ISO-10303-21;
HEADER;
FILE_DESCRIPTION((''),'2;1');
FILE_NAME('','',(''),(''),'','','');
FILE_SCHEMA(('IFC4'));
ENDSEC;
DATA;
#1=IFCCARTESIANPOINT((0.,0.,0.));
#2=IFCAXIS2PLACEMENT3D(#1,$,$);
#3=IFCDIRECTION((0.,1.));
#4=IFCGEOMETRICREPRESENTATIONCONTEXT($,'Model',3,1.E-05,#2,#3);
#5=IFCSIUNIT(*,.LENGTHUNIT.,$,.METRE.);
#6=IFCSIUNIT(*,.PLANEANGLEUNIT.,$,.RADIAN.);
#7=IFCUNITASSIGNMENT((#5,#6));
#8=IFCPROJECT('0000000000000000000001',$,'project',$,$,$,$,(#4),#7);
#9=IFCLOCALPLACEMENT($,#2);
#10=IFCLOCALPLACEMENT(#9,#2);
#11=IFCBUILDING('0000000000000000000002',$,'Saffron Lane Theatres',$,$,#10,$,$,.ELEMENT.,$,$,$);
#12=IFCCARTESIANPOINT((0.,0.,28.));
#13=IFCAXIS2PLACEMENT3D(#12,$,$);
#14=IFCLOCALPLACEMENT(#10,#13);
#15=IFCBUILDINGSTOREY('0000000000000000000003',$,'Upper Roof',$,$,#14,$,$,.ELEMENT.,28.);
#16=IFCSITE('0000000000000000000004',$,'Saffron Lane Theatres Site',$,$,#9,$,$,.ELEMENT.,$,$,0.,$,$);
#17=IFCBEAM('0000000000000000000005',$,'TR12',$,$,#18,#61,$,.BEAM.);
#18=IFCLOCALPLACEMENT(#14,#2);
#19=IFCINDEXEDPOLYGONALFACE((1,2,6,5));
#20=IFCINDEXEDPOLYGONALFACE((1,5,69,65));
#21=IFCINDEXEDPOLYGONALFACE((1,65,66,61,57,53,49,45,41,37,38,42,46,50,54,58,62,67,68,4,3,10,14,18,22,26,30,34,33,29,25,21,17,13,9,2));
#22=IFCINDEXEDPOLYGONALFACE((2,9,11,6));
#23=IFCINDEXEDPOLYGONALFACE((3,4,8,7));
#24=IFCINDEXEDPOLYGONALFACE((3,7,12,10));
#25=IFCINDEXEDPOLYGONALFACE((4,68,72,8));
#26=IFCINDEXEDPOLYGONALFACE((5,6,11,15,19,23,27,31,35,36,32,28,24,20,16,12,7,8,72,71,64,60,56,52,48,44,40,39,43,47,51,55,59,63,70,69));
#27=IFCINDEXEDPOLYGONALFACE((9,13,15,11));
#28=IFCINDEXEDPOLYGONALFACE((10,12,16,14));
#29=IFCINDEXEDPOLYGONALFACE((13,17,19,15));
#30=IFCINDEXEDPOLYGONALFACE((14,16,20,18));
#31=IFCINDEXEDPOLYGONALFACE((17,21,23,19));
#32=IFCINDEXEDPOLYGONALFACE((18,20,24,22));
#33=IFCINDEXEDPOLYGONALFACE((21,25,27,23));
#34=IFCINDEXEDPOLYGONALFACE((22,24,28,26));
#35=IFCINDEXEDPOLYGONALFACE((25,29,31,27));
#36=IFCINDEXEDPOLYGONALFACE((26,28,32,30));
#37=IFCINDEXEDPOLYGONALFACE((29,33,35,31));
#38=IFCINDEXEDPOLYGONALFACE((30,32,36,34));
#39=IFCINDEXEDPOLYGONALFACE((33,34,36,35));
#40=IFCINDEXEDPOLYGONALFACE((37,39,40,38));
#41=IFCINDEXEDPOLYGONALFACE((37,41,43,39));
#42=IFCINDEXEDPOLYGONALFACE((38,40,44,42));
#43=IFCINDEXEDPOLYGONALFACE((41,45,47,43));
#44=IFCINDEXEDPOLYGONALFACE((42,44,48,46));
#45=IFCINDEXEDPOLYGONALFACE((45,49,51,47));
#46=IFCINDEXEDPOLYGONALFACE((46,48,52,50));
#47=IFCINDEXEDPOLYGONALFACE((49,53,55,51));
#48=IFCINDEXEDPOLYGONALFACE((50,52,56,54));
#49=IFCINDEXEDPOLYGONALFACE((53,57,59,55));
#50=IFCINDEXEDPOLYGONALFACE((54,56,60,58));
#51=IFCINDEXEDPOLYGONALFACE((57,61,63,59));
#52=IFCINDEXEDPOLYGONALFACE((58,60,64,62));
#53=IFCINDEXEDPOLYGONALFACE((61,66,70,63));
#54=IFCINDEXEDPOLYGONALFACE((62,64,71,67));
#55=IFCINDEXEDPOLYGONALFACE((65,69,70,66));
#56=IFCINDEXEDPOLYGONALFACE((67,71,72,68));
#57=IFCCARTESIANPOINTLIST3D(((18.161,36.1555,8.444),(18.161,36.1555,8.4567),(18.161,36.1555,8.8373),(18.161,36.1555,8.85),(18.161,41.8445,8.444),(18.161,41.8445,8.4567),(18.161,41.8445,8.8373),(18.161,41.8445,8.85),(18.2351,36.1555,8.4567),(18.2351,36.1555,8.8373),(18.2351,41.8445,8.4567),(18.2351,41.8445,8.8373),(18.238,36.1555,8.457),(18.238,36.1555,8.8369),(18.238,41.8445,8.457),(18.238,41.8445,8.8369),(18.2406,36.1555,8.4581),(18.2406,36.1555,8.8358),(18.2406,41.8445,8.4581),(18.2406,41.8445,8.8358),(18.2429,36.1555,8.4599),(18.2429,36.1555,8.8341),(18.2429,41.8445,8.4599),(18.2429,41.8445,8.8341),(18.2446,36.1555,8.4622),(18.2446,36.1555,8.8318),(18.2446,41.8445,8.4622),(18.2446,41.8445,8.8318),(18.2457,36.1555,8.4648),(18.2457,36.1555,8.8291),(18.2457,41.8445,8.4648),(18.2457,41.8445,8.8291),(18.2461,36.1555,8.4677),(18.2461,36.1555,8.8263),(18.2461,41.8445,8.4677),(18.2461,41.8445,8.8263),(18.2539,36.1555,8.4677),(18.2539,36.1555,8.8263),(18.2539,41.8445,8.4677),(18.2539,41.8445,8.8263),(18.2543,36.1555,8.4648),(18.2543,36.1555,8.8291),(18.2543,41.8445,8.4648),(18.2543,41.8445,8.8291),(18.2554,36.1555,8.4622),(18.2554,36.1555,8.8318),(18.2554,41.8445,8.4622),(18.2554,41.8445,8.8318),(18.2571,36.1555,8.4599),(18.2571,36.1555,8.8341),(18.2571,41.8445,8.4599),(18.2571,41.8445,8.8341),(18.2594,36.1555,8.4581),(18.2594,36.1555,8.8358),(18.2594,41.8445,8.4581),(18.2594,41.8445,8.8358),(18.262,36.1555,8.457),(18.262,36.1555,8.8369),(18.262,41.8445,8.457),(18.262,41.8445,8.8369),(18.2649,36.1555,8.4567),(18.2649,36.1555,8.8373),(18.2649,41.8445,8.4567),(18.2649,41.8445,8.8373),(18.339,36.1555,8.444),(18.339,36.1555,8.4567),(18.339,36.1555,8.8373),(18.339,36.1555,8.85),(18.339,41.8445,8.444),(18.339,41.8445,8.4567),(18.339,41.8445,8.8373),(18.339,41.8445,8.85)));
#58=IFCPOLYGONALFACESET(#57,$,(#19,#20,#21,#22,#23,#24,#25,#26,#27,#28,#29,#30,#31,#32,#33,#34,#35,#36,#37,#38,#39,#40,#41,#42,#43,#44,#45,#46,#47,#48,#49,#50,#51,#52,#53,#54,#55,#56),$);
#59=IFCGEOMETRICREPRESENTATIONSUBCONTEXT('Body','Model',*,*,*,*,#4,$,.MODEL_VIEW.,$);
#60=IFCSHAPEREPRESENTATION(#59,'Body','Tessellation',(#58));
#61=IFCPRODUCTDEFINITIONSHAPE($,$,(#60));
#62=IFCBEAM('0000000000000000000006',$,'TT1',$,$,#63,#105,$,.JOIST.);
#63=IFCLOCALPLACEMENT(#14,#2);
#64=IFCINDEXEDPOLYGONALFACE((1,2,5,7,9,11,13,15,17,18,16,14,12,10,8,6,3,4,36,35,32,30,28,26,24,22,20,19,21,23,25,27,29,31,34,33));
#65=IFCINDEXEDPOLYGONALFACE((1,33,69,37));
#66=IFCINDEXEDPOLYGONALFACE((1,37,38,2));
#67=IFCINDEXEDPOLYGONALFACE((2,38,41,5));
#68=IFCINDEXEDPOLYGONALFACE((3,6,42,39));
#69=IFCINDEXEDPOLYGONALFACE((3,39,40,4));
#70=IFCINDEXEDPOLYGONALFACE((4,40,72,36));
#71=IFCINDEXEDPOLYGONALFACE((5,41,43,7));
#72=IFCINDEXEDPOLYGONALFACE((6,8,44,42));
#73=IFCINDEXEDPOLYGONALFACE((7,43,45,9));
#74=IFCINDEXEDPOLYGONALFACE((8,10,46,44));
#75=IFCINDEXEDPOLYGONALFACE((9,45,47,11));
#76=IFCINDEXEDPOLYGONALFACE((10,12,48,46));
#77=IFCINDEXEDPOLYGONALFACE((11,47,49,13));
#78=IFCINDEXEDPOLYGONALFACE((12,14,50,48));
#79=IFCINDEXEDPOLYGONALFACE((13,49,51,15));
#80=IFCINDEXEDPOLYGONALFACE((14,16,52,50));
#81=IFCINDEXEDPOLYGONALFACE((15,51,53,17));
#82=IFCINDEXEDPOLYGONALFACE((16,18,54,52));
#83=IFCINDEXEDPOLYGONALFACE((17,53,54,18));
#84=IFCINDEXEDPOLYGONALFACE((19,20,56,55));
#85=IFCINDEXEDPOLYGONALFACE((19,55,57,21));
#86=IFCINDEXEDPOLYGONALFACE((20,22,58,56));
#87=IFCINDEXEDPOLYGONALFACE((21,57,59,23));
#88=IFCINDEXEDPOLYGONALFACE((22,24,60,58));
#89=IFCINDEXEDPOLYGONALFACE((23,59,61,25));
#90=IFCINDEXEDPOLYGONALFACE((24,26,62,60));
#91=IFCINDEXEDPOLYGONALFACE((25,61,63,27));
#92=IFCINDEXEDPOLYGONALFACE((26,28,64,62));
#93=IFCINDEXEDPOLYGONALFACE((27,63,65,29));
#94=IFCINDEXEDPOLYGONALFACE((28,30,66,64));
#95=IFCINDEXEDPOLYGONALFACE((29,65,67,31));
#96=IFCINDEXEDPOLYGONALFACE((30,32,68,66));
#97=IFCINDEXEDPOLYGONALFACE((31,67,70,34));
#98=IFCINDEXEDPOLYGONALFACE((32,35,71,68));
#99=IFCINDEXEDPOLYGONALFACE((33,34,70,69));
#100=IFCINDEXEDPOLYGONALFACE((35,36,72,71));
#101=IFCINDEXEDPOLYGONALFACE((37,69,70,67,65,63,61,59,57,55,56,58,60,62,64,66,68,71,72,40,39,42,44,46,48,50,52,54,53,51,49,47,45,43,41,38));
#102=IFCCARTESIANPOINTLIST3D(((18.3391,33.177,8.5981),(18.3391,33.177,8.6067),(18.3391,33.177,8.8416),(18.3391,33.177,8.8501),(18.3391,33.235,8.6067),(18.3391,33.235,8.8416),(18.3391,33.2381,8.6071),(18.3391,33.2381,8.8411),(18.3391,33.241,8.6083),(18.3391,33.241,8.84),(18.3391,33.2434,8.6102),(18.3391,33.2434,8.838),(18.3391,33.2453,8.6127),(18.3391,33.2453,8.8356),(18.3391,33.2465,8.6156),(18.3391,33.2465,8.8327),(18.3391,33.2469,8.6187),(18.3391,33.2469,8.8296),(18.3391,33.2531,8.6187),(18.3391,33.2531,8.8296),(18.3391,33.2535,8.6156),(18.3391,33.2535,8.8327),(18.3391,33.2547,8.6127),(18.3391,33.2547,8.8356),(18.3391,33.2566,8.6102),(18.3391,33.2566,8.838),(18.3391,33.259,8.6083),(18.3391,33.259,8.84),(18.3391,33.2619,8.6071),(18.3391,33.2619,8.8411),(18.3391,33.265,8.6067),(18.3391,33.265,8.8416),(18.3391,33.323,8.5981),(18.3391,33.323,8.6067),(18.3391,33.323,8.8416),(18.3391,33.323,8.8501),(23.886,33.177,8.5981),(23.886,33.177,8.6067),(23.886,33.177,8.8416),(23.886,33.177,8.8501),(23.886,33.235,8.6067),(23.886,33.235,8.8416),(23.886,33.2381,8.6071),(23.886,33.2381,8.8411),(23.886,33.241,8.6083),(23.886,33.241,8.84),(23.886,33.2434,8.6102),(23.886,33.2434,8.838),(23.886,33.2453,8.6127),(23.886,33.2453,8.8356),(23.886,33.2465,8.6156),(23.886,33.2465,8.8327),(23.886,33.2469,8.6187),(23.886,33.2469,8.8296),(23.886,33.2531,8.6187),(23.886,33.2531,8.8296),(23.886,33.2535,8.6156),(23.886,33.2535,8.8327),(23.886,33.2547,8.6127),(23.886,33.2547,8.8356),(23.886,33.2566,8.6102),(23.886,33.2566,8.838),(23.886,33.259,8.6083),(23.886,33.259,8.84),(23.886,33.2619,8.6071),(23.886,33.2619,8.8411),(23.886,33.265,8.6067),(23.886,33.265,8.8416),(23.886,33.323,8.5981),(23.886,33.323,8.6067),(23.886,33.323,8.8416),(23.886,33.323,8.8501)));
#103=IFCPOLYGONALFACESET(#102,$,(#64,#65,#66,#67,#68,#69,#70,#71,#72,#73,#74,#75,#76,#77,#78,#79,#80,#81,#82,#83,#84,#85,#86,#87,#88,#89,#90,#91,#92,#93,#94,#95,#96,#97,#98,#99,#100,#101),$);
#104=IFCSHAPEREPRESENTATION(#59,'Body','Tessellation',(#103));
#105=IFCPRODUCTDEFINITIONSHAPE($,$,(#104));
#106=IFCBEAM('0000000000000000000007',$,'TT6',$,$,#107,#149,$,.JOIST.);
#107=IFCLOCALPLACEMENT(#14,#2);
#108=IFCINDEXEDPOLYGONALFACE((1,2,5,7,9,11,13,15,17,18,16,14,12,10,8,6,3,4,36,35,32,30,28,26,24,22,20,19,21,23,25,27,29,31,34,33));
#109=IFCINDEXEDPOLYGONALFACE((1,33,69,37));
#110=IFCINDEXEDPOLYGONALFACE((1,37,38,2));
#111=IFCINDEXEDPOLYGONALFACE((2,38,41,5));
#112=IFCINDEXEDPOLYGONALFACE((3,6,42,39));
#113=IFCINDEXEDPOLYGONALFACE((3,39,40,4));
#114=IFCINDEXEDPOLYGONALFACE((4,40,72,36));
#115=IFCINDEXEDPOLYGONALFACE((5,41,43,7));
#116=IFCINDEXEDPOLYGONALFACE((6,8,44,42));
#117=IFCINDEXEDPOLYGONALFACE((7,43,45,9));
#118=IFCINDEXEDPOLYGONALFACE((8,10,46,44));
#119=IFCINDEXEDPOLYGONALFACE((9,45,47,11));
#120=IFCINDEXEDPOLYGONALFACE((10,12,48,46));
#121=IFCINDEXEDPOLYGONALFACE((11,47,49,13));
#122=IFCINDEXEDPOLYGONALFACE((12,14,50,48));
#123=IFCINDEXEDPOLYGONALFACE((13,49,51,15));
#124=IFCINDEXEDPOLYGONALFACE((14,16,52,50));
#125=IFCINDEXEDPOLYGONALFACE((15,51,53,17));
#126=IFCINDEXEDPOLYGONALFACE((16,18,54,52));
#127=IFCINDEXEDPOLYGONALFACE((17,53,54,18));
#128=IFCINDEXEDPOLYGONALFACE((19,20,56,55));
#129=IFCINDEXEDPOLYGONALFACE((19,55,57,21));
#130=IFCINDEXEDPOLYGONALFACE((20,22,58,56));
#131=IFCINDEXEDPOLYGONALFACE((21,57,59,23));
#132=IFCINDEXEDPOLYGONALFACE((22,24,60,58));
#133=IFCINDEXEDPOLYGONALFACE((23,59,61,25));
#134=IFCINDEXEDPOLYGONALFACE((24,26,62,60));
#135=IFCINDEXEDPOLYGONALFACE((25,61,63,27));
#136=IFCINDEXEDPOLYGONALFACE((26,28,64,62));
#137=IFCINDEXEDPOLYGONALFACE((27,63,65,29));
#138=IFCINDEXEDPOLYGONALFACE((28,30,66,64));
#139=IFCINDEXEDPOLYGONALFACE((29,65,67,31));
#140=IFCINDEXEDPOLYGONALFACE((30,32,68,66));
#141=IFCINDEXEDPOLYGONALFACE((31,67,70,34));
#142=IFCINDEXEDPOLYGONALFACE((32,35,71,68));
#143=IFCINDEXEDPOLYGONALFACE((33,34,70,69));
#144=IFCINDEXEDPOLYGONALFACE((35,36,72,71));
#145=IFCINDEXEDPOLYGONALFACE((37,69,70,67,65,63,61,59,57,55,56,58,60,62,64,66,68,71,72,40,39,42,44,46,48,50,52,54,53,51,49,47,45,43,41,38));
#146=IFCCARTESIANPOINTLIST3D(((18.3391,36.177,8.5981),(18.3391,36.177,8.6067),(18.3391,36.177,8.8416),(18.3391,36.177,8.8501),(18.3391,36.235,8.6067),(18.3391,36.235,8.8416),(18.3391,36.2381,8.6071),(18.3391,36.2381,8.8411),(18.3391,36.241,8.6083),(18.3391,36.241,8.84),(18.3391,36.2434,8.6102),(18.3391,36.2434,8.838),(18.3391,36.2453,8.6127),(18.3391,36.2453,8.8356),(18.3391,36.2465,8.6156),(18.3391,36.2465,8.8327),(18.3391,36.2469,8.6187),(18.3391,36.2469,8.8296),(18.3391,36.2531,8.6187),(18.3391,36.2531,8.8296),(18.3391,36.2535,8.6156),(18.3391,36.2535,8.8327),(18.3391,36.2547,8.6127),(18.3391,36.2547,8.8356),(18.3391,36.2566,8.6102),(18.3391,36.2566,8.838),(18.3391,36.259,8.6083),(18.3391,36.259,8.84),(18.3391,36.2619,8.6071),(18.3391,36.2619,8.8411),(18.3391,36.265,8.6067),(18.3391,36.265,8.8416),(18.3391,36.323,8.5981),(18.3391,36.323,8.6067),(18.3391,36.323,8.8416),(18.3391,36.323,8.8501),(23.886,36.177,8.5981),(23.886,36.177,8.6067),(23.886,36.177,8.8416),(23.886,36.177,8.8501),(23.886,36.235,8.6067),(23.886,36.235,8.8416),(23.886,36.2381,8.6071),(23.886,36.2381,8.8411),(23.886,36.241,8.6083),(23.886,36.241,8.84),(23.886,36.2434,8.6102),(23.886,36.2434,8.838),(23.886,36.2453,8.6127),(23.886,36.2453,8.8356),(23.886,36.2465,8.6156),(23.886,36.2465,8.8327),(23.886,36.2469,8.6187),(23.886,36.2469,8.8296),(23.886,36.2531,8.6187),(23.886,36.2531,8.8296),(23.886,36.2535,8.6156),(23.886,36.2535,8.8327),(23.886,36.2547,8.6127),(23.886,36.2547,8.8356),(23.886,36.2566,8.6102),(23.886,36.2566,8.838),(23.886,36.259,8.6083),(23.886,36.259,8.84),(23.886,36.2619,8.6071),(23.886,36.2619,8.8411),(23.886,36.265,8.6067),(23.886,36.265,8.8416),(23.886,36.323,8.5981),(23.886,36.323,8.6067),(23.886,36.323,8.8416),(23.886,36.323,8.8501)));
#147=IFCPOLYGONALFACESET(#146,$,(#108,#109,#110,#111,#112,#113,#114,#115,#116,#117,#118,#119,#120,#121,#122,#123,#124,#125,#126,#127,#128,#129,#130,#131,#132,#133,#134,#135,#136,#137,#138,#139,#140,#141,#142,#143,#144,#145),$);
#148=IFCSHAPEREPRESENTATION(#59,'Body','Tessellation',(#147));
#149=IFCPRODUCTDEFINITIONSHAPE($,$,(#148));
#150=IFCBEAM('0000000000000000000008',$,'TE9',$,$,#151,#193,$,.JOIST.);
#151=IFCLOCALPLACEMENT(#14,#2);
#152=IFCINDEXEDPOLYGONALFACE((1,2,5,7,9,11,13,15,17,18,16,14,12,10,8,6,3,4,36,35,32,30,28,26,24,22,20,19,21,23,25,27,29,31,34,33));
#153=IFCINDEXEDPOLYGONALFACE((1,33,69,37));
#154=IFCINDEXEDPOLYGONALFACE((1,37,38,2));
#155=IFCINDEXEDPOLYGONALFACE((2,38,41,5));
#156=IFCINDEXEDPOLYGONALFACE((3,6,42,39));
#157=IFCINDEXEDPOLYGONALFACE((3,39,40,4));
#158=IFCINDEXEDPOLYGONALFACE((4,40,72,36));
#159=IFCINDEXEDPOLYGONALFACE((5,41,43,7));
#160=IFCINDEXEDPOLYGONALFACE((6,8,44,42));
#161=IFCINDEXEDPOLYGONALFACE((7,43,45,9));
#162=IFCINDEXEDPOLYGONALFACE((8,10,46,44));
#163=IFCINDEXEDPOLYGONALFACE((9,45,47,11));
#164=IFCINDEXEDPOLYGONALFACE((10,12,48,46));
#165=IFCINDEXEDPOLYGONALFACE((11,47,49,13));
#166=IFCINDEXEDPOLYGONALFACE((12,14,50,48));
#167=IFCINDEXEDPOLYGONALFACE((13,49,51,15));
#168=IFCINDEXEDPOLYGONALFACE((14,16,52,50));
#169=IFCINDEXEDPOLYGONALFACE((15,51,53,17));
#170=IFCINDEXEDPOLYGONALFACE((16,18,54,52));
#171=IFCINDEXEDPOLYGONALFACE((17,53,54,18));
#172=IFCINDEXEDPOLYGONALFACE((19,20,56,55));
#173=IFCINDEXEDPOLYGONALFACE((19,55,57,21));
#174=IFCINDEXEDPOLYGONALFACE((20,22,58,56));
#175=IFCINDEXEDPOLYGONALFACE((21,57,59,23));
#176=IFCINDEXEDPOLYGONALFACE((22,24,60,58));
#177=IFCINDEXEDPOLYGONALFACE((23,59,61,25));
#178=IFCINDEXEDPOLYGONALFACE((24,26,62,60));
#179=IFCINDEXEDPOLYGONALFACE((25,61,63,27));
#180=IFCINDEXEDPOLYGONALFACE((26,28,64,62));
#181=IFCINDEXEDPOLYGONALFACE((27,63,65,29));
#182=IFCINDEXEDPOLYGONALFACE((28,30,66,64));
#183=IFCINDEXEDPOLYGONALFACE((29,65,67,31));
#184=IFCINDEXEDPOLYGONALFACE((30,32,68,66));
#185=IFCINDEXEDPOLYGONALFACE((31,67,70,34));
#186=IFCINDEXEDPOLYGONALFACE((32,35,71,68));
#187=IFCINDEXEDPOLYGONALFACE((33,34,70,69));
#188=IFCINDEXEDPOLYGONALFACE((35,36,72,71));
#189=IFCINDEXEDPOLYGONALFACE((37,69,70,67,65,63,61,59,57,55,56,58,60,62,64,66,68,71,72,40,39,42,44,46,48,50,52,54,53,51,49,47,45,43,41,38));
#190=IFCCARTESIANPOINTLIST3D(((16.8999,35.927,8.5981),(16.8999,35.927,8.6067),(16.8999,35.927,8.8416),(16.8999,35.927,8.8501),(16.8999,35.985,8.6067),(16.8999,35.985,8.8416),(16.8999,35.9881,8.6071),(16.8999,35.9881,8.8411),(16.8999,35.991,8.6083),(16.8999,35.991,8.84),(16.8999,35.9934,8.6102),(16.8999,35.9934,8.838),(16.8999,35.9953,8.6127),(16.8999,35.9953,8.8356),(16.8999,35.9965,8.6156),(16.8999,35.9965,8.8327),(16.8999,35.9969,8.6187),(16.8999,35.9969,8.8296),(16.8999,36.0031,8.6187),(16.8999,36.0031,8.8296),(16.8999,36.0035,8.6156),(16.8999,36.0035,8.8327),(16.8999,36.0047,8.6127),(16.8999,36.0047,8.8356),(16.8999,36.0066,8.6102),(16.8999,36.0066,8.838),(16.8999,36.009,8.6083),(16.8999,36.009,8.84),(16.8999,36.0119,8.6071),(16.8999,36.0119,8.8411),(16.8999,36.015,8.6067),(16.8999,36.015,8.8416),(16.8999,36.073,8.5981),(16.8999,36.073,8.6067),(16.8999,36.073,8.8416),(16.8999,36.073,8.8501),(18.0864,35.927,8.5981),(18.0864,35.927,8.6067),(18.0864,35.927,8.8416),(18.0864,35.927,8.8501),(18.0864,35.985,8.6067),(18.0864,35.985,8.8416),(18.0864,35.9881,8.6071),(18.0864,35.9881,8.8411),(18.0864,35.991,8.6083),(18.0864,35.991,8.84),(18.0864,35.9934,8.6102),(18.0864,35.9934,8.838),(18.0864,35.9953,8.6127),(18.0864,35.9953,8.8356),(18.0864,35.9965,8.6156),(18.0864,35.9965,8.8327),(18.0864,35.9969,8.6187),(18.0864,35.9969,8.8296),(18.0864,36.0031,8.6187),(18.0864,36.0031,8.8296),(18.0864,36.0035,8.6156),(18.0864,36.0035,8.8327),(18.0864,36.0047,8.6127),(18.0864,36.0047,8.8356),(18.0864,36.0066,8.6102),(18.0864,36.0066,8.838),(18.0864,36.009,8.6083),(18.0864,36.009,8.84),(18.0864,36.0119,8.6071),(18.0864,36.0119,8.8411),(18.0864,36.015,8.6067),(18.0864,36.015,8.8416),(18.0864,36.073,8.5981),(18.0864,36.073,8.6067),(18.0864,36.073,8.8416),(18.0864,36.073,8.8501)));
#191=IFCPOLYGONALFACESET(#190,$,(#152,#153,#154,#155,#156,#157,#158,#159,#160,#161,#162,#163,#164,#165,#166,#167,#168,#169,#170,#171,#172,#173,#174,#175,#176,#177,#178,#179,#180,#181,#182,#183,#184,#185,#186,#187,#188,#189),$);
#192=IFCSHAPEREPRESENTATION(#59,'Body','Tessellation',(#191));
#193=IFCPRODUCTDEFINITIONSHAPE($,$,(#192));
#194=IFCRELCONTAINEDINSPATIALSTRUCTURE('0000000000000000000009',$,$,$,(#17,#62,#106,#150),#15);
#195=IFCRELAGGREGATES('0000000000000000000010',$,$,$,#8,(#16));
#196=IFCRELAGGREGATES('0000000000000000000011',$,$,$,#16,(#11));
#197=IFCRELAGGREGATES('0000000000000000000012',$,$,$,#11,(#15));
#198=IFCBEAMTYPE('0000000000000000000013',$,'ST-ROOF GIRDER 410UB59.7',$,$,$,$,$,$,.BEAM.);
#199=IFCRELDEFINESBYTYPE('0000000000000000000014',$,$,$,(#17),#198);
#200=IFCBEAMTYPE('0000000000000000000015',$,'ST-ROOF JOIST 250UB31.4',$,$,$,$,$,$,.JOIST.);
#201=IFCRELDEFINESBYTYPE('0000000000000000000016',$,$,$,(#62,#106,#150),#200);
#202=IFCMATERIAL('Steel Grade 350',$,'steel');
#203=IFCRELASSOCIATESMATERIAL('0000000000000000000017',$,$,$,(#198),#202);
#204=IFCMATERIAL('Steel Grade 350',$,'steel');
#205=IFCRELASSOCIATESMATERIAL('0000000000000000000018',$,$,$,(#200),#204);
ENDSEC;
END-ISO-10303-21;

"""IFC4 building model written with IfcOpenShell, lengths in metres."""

from ifc_helpers import new_model, si_unit, direction, frame, origin, origin_2d, place, context, subcontext, project, spatial, i_section, extrude, material, material_profile, profile_set, type_object, element, save


model = new_model("IFC4")

# Units and contexts
model_context = context("Model", 3, precision=1e-05, world=origin(), true_north=direction((0.0, 1.0)))
body_context = subcontext(model_context, "Body", "Model", "MODEL_VIEW")
ifc_project = project(units=[si_unit("LENGTHUNIT", "METRE"), si_unit("PLANEANGLEUNIT", "RADIAN")], contexts=[model_context])

# Site, building, storey
site_placement = place(None, origin())
site = spatial("IfcSite", under=ifc_project, at=site_placement, Name="Saffron Lane Theatres Site", CompositionType="ELEMENT", RefElevation=0.0)
building_placement = place(site_placement, origin())
building = spatial("IfcBuilding", under=site, at=building_placement, Name="Saffron Lane Theatres", CompositionType="ELEMENT")
storey_placement = place(building_placement, frame((0.0, 0.0, 28.0)))
storey = spatial("IfcBuildingStorey", under=building, at=storey_placement, Name="Upper Roof", CompositionType="ELEMENT", Elevation=28.0)

# Beams
ifc_material_1 = material(Name="Steel Grade 350", Category="steel")
ifc_material_profile_1 = material_profile(ifc_material_1, i_section(OverallWidth=0.178, OverallDepth=0.406, WebThickness=0.0078, FlangeThickness=0.0127, FilletRadius=0.011, at=origin_2d()))
ifc_profile_set_1 = profile_set([ifc_material_profile_1], Name="Steel Grade 350")
beam_type_1 = type_object("IfcBeamType", Name="ST-ROOF GIRDER 410UB59.7", PredefinedType="BEAM", material=ifc_profile_set_1)
beam_1_placement = place(storey_placement, frame((18.25, 36.1555, 8.647), z_axis=(0.0, 1.0, 0.0), x_axis=(-1.0, 0.0, 0.0)))
element("IfcBeam", 1, at=beam_1_placement, inside=storey, type_object=beam_type_1, Name="TR12", PredefinedType="BEAM", context=body_context, shape_type="SweptSolid", body=[
    extrude(i_section(OverallWidth=0.178, OverallDepth=0.406, WebThickness=0.0078, FlangeThickness=0.0127, FilletRadius=0.011, at=origin_2d()), origin(), (0.0, 0.0, 1.0), 5.689),
])
ifc_material_2 = material(Name="Steel Grade 350", Category="steel")
ifc_material_profile_2 = material_profile(ifc_material_2, i_section(OverallWidth=0.146, OverallDepth=0.252, WebThickness=0.0061, FlangeThickness=0.0085, FilletRadius=0.012, at=origin_2d()))
ifc_profile_set_2 = profile_set([ifc_material_profile_2], Name="Steel Grade 350")
beam_type_2 = type_object("IfcBeamType", Name="ST-ROOF JOIST 250UB31.4", PredefinedType="JOIST", material=ifc_profile_set_2)
for number, where, z_axis, x_axis, name in (
    (2, (18.3391, 33.25, 8.7241), (1.0, 0.0, 0.0), (0.0, 1.0, 0.0), "TT1"),
    (3, (18.3391, 36.25, 8.7241), (1.0, 0.0, 0.0), (0.0, 1.0, 0.0), "TT6"),
):
    element("IfcBeam", number, at=place(storey_placement, frame(where, z_axis=z_axis, x_axis=x_axis)), inside=storey, type_object=beam_type_2, Name=name, PredefinedType="JOIST", context=body_context, shape_type="SweptSolid", body=[
        extrude(i_section(OverallWidth=0.146, OverallDepth=0.252, WebThickness=0.0061, FlangeThickness=0.0085, FilletRadius=0.012, at=origin_2d()), origin(), (0.0, 0.0, 1.0), 5.5469),
    ])
beam_2_placement = place(storey_placement, frame((18.0864, 36.0, 8.7241), z_axis=(-1.0, 0.0, 0.0), x_axis=(0.0, -1.0, 0.0)))
element("IfcBeam", 4, at=beam_2_placement, inside=storey, type_object=beam_type_2, Name="TE9", PredefinedType="JOIST", context=body_context, shape_type="SweptSolid", body=[
    extrude(i_section(OverallWidth=0.146, OverallDepth=0.252, WebThickness=0.0061, FlangeThickness=0.0085, FilletRadius=0.012, at=origin_2d()), origin(), (0.0, 0.0, 1.0), 1.1865),
])

save(model, "model.ifc")
